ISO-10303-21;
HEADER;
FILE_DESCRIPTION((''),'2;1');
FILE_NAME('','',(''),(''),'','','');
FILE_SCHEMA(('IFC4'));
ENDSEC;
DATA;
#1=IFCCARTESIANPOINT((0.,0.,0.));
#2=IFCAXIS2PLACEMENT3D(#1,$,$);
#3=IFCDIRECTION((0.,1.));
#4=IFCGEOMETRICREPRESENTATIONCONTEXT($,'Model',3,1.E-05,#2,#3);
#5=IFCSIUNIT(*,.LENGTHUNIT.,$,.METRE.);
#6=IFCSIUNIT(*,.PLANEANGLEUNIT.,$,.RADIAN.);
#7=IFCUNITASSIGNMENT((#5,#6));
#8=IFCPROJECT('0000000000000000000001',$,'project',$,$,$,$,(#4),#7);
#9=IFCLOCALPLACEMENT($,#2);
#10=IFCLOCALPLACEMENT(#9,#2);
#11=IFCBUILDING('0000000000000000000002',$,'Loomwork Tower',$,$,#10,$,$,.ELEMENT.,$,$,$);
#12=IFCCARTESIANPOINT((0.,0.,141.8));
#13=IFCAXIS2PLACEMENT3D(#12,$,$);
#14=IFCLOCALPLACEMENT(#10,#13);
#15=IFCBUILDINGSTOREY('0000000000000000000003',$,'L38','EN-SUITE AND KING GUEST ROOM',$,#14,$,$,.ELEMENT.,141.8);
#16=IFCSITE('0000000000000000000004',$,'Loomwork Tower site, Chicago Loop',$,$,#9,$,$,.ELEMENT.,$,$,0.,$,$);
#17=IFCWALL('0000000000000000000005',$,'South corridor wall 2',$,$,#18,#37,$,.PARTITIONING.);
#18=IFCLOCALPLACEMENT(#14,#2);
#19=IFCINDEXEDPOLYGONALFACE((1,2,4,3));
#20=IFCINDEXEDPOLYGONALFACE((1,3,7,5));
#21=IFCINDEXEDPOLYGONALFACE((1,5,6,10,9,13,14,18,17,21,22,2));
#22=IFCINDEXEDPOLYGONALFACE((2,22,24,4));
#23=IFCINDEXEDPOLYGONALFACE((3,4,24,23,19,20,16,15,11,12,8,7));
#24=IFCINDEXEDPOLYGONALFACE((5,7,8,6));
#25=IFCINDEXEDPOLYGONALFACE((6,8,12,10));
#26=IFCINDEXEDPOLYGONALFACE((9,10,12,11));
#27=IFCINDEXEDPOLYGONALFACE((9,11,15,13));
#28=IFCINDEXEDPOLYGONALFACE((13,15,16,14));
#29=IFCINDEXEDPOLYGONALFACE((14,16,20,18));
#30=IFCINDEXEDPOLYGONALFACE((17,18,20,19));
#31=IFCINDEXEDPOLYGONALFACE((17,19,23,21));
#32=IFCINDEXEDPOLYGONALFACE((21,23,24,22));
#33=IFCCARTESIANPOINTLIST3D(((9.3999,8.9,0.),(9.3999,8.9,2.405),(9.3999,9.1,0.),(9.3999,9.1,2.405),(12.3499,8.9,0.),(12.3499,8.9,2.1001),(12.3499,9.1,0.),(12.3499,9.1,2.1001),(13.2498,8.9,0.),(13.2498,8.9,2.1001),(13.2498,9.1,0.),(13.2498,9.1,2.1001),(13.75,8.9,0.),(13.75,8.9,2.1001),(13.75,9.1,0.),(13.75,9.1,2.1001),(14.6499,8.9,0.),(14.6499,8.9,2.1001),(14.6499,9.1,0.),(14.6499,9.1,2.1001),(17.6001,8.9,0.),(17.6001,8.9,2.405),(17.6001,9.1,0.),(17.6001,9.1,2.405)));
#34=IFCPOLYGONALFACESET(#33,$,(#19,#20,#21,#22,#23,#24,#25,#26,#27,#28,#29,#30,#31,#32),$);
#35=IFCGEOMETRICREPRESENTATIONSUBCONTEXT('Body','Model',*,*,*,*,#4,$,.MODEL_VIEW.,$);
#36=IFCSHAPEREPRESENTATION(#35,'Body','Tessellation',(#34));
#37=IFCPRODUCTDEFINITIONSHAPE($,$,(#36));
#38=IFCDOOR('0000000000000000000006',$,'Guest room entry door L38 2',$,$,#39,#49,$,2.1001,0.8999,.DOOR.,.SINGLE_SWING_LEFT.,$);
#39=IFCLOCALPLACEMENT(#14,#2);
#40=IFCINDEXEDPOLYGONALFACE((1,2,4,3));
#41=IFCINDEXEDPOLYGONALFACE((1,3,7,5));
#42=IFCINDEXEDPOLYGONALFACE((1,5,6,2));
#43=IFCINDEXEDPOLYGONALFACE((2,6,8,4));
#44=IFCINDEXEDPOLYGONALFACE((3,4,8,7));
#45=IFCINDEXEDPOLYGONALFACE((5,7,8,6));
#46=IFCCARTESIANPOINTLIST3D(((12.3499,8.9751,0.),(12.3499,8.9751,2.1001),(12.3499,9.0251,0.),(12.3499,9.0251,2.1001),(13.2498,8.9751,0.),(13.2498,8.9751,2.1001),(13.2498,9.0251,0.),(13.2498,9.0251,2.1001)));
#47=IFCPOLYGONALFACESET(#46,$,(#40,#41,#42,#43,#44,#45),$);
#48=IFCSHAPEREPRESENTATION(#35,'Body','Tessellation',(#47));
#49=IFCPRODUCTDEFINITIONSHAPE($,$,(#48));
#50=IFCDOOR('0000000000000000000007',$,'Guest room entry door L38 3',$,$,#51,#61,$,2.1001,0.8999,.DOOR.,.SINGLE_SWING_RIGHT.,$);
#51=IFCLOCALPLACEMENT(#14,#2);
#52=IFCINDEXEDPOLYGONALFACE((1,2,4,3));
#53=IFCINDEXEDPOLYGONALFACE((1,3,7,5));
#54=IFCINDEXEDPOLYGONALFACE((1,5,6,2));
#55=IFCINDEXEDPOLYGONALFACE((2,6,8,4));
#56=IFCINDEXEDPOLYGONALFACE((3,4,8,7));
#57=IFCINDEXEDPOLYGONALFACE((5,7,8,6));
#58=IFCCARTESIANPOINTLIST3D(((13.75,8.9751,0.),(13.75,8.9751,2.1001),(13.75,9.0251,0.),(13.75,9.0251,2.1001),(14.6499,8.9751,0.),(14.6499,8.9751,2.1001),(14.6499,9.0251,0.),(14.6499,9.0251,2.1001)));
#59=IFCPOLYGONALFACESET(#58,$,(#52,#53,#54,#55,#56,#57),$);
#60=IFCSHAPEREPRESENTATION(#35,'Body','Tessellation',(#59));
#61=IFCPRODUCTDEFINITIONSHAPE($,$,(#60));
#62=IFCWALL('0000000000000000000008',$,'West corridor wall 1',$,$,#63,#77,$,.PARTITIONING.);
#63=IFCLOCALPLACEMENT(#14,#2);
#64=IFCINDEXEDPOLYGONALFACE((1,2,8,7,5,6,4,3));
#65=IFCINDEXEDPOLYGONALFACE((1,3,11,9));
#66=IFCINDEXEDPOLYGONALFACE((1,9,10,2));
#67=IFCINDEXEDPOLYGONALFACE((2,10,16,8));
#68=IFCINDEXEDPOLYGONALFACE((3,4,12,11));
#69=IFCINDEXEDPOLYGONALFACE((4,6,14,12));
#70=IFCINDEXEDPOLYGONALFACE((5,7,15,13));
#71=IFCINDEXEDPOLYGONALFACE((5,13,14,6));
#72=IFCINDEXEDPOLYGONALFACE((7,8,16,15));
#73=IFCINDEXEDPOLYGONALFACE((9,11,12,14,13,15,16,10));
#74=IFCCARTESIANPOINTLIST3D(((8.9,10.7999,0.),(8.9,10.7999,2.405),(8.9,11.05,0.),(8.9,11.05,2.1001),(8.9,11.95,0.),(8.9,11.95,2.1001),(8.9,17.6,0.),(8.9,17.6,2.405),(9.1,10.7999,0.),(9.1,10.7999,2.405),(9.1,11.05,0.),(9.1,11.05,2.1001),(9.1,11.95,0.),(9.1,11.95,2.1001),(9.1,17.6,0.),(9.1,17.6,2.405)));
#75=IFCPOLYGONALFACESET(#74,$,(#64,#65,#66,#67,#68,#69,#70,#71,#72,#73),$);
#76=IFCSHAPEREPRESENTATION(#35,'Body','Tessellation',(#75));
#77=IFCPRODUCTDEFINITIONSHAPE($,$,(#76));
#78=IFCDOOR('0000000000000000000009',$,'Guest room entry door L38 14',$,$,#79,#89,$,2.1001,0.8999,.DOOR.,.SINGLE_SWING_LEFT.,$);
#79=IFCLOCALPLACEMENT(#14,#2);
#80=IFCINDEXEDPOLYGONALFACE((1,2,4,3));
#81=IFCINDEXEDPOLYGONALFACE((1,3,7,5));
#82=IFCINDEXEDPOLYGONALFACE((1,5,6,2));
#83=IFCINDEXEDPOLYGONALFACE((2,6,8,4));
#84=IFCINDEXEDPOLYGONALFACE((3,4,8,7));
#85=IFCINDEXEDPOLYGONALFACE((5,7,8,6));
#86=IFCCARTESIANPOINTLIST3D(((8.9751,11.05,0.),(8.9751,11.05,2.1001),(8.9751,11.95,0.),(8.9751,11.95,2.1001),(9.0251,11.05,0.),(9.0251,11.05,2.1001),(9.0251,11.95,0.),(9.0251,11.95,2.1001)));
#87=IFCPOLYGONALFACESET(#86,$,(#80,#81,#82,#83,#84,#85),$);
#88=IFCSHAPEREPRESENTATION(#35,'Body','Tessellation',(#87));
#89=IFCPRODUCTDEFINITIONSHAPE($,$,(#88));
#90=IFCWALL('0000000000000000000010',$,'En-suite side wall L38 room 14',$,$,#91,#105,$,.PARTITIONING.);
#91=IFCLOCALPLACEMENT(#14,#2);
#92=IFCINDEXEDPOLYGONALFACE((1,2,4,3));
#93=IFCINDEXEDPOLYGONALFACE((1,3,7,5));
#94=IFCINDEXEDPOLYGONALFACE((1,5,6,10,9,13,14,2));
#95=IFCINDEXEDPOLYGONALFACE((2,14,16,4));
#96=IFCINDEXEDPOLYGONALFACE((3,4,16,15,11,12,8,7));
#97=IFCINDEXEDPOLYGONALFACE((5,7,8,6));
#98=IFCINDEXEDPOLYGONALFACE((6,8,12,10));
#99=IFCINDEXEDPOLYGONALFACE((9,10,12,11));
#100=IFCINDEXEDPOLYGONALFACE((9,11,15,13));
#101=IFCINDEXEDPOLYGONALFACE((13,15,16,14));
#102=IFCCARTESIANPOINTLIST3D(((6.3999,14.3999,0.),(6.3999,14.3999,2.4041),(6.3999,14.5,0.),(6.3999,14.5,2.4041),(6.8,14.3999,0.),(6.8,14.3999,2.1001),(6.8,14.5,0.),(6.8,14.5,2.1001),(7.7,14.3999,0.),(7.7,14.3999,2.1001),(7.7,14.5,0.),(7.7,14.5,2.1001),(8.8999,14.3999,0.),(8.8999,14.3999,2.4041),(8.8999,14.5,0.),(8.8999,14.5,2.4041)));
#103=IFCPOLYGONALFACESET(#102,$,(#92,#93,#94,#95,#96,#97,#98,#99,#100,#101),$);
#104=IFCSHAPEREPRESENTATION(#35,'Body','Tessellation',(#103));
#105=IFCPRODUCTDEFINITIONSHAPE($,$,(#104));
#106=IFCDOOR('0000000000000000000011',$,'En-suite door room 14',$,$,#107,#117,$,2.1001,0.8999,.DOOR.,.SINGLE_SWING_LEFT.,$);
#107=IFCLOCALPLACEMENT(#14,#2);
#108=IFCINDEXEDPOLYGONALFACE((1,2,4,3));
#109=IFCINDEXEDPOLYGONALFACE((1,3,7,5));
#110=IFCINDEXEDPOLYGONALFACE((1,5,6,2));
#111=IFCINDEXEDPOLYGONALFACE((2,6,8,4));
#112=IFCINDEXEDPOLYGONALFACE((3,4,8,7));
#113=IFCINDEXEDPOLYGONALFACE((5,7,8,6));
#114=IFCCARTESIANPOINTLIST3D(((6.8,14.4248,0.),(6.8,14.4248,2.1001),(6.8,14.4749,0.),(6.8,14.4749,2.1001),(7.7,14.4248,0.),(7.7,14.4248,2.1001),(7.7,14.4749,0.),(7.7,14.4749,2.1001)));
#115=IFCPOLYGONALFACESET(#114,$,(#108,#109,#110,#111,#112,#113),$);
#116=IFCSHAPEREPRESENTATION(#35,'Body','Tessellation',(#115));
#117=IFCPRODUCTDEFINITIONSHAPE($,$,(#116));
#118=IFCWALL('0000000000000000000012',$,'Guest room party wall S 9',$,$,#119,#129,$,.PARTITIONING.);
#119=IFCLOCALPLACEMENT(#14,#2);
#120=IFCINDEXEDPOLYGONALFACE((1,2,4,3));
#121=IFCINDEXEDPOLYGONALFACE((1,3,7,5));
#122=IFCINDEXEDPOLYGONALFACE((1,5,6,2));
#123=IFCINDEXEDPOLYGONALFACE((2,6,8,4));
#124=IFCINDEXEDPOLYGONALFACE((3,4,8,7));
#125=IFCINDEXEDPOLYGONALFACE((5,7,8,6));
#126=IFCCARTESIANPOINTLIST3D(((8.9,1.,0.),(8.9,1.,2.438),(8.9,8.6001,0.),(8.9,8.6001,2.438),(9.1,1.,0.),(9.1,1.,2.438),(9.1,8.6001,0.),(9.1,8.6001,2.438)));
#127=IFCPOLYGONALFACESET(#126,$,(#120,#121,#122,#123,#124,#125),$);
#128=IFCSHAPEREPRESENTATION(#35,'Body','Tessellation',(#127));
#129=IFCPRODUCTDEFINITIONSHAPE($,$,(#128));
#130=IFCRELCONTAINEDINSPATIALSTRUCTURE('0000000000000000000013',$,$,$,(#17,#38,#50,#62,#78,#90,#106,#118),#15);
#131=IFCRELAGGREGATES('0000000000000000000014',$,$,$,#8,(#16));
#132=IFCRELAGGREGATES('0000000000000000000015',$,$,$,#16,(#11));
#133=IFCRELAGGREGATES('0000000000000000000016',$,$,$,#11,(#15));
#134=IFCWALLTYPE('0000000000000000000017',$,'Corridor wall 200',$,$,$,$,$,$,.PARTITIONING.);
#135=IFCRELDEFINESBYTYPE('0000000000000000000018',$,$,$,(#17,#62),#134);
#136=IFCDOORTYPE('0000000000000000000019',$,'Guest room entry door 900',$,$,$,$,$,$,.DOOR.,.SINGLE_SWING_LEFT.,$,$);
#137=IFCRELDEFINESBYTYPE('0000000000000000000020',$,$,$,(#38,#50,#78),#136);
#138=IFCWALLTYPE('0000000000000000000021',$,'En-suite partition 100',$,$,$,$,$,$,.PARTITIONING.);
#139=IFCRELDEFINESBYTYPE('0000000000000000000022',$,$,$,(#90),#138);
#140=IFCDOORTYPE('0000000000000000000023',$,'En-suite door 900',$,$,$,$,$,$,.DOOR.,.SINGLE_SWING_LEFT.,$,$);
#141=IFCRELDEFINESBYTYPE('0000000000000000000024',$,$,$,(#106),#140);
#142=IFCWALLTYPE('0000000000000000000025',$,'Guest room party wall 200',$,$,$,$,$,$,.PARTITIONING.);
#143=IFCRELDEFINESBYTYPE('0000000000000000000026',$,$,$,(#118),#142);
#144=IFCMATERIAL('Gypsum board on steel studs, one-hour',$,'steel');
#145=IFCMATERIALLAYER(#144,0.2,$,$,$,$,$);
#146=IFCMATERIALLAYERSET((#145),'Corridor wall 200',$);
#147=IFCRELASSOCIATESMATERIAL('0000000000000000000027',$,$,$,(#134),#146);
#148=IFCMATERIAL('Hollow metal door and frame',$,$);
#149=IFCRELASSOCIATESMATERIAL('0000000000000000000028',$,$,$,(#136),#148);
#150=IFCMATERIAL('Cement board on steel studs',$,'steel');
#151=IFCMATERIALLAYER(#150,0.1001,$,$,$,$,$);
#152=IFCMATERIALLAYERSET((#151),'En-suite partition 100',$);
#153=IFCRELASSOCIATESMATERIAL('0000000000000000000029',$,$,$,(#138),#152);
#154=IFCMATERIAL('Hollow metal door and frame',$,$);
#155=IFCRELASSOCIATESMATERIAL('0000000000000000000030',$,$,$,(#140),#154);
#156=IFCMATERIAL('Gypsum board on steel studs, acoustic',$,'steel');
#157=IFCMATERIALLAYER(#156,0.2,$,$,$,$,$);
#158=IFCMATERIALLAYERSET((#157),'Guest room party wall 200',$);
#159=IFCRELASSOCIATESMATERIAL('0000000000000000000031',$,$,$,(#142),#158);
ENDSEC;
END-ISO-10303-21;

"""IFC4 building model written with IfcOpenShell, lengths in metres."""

from ifc_helpers import new_model, si_unit, direction, frame, frame_2d, origin, place, context, subcontext, project, spatial, rectangle, extrude, material, layer, layer_set, type_object, element, fill, save


model = new_model("IFC4")

# Units and contexts
model_context = context("Model", 3, precision=1e-05, world=origin(), true_north=direction((0.0, 1.0)))
body_context = subcontext(model_context, "Body", "Model", "MODEL_VIEW")
ifc_project = project(units=[si_unit("LENGTHUNIT", "METRE"), si_unit("PLANEANGLEUNIT", "RADIAN")], contexts=[model_context])

# Site, building, storey
site_placement = place(None, origin())
site = spatial("IfcSite", under=ifc_project, at=site_placement, Name="Loomwork Tower site, Chicago Loop", CompositionType="ELEMENT", RefElevation=0.0)
building_placement = place(site_placement, origin())
building = spatial("IfcBuilding", under=site, at=building_placement, Name="Loomwork Tower", CompositionType="ELEMENT")
storey_placement = place(building_placement, frame((0.0, 0.0, 141.8)))
storey = spatial("IfcBuildingStorey", under=building, at=storey_placement, Name="L38", Description="EN-SUITE AND KING GUEST ROOM", CompositionType="ELEMENT", Elevation=141.8)

# Wall, openings, doors
ifc_material_1 = material(Name="Gypsum board on steel studs, one-hour", Category="steel")
ifc_layer_1 = layer(ifc_material_1, 0.2)
ifc_layer_set_1 = layer_set([ifc_layer_1], Name="Corridor wall 200")
wall_type_1 = type_object("IfcWallType", Name="Corridor wall 200", PredefinedType="PARTITIONING", material=ifc_layer_set_1)
wall_1_placement = place(storey_placement, frame((9.3999, 9.0, 0.0), z_axis=(0.0, 0.0, 1.0), x_axis=(1.0, 0.0, 0.0)))
wall_1 = element("IfcWall", 1, at=wall_1_placement, inside=storey, type_object=wall_type_1, Name="South corridor wall 2", PredefinedType="PARTITIONING", context=body_context, shape_type="SweptSolid", body=[
    extrude(rectangle(XDim=8.2002, YDim=0.2, at=frame_2d((4.1001, 0.0))), origin(), (0.0, 0.0, 1.0), 2.405),
])
opening_1_placement = place(wall_1_placement, frame((2.95, 0.0, 0.0)))
opening_1 = element("IfcOpeningElement", 2, at=opening_1_placement, cuts=wall_1, PredefinedType="OPENING", context=body_context, shape_type="SweptSolid", body=[
    extrude(rectangle(XDim=0.8999, YDim=2.1001, at=frame_2d((0.45, 1.05))), frame((0.0, 0.1099, 0.0), z_axis=(0.0, -1.0, 0.0), x_axis=(1.0, 0.0, 0.0)), (0.0, 0.0, 1.0), 0.22),
])
opening_2_placement = place(wall_1_placement, frame((4.3501, 0.0, 0.0)))
opening_2 = element("IfcOpeningElement", 3, at=opening_2_placement, cuts=wall_1, PredefinedType="OPENING", context=body_context, shape_type="SweptSolid", body=[
    extrude(rectangle(XDim=0.8999, YDim=2.1001, at=frame_2d((0.45, 1.05))), frame((0.0, 0.1099, 0.0), z_axis=(0.0, -1.0, 0.0), x_axis=(1.0, 0.0, 0.0)), (0.0, 0.0, 1.0), 0.22),
])
ifc_material_2 = material(Name="Hollow metal door and frame")
door_type_1 = type_object("IfcDoorType", Name="Guest room entry door 900", OperationType="SINGLE_SWING_LEFT", PredefinedType="DOOR", material=ifc_material_2)
door_1_placement = place(opening_1_placement, frame((0.8999, 0.0, 0.0), z_axis=(0.0, 0.0, 1.0), x_axis=(-1.0, 0.0, 0.0)))
door_1 = element("IfcDoor", 4, at=door_1_placement, inside=storey, type_object=door_type_1, Name="Guest room entry door L38 2", OperationType="SINGLE_SWING_LEFT", OverallHeight=2.1001, OverallWidth=0.8999, PredefinedType="DOOR", context=body_context, shape_type="SweptSolid", body=[
    extrude(rectangle(XDim=0.8999, YDim=2.1001, at=frame_2d((0.45, 1.05))), frame((0.0, 0.0249, 0.0), z_axis=(0.0, -1.0, 0.0), x_axis=(1.0, 0.0, 0.0)), (0.0, 0.0, 1.0), 0.05),
])
fill(opening_1, door_1)
door_2_placement = place(opening_2_placement, frame((0.8999, 0.0, 0.0), z_axis=(0.0, 0.0, 1.0), x_axis=(-1.0, 0.0, 0.0)))
door_2 = element("IfcDoor", 5, at=door_2_placement, inside=storey, type_object=door_type_1, Name="Guest room entry door L38 3", OperationType="SINGLE_SWING_RIGHT", OverallHeight=2.1001, OverallWidth=0.8999, PredefinedType="DOOR", context=body_context, shape_type="SweptSolid", body=[
    extrude(rectangle(XDim=0.8999, YDim=2.1001, at=frame_2d((0.45, 1.05))), frame((0.0, 0.0249, 0.0), z_axis=(0.0, -1.0, 0.0), x_axis=(1.0, 0.0, 0.0)), (0.0, 0.0, 1.0), 0.05),
])
fill(opening_2, door_2)

# Walls, openings, doors
wall_2_placement = place(storey_placement, frame((9.0, 10.8, 0.0), z_axis=(0.0, 0.0, 1.0), x_axis=(0.0, 1.0, 0.0)))
wall_2 = element("IfcWall", 6, at=wall_2_placement, inside=storey, type_object=wall_type_1, Name="West corridor wall 1", PredefinedType="PARTITIONING", context=body_context, shape_type="SweptSolid", body=[
    extrude(rectangle(XDim=6.8, YDim=0.2, at=frame_2d((3.3999, 0.0))), origin(), (0.0, 0.0, 1.0), 2.405),
])
opening_3_placement = place(wall_2_placement, frame((0.25, 0.0, 0.0)))
opening_3 = element("IfcOpeningElement", 7, at=opening_3_placement, cuts=wall_2, PredefinedType="OPENING", context=body_context, shape_type="SweptSolid", body=[
    extrude(rectangle(XDim=0.8999, YDim=2.1001, at=frame_2d((0.45, 1.05))), frame((0.0, 0.1099, 0.0), z_axis=(0.0, -1.0, 0.0), x_axis=(1.0, 0.0, 0.0)), (0.0, 0.0, 1.0), 0.22),
])
door_3_placement = place(opening_3_placement, origin())
door_3 = element("IfcDoor", 8, at=door_3_placement, inside=storey, type_object=door_type_1, Name="Guest room entry door L38 14", OperationType="SINGLE_SWING_LEFT", OverallHeight=2.1001, OverallWidth=0.8999, PredefinedType="DOOR", context=body_context, shape_type="SweptSolid", body=[
    extrude(rectangle(XDim=0.8999, YDim=2.1001, at=frame_2d((0.45, 1.05))), frame((0.0, 0.0249, 0.0), z_axis=(0.0, -1.0, 0.0), x_axis=(1.0, 0.0, 0.0)), (0.0, 0.0, 1.0), 0.05),
])
fill(opening_3, door_3)
ifc_material_3 = material(Name="Cement board on steel studs", Category="steel")
ifc_layer_2 = layer(ifc_material_3, 0.1001)
ifc_layer_set_2 = layer_set([ifc_layer_2], Name="En-suite partition 100")
wall_type_2 = type_object("IfcWallType", Name="En-suite partition 100", PredefinedType="PARTITIONING", material=ifc_layer_set_2)
wall_3_placement = place(storey_placement, frame((8.8999, 14.45, 0.0), z_axis=(0.0, 0.0, 1.0), x_axis=(-1.0, 0.0, 0.0)))
wall_3 = element("IfcWall", 9, at=wall_3_placement, inside=storey, type_object=wall_type_2, Name="En-suite side wall L38 room 14", PredefinedType="PARTITIONING", context=body_context, shape_type="SweptSolid", body=[
    extrude(rectangle(XDim=2.5, YDim=0.1001, at=frame_2d((1.25, 0.0))), origin(), (0.0, 0.0, 1.0), 2.4041),
])
opening_4_placement = place(wall_3_placement, frame((1.2, 0.0, 0.0)))
opening_4 = element("IfcOpeningElement", 10, at=opening_4_placement, cuts=wall_3, PredefinedType="OPENING", context=body_context, shape_type="SweptSolid", body=[
    extrude(rectangle(XDim=0.8999, YDim=2.1001, at=frame_2d((0.45, 1.05))), frame((0.0, 0.0601, 0.0), z_axis=(0.0, -1.0, 0.0), x_axis=(1.0, 0.0, 0.0)), (0.0, 0.0, 1.0), 0.1201),
])
ifc_material_4 = material(Name="Hollow metal door and frame")
door_type_2 = type_object("IfcDoorType", Name="En-suite door 900", OperationType="SINGLE_SWING_LEFT", PredefinedType="DOOR", material=ifc_material_4)
door_4_placement = place(opening_4_placement, frame((0.8999, 0.0, 0.0), z_axis=(0.0, 0.0, 1.0), x_axis=(-1.0, 0.0, 0.0)))
door_4 = element("IfcDoor", 11, at=door_4_placement, inside=storey, type_object=door_type_2, Name="En-suite door room 14", OperationType="SINGLE_SWING_LEFT", OverallHeight=2.1001, OverallWidth=0.8999, PredefinedType="DOOR", context=body_context, shape_type="SweptSolid", body=[
    extrude(rectangle(XDim=0.8999, YDim=2.1001, at=frame_2d((0.45, 1.05))), frame((0.0, 0.0249, 0.0), z_axis=(0.0, -1.0, 0.0), x_axis=(1.0, 0.0, 0.0)), (0.0, 0.0, 1.0), 0.05),
])
fill(opening_4, door_4)

# Wall
ifc_material_5 = material(Name="Gypsum board on steel studs, acoustic", Category="steel")
ifc_layer_3 = layer(ifc_material_5, 0.2)
ifc_layer_set_3 = layer_set([ifc_layer_3], Name="Guest room party wall 200")
wall_type_3 = type_object("IfcWallType", Name="Guest room party wall 200", PredefinedType="PARTITIONING", material=ifc_layer_set_3)
wall_4_placement = place(storey_placement, frame((9.0, 8.6001, 0.0), z_axis=(0.0, 0.0, 1.0), x_axis=(0.0, -1.0, 0.0)))
element("IfcWall", 12, at=wall_4_placement, inside=storey, type_object=wall_type_3, Name="Guest room party wall S 9", PredefinedType="PARTITIONING", context=body_context, shape_type="SweptSolid", body=[
    extrude(rectangle(XDim=7.6001, YDim=0.2, at=frame_2d((3.8, 0.0))), origin(), (0.0, 0.0, 1.0), 2.438),
])

save(model, "model.ifc")
